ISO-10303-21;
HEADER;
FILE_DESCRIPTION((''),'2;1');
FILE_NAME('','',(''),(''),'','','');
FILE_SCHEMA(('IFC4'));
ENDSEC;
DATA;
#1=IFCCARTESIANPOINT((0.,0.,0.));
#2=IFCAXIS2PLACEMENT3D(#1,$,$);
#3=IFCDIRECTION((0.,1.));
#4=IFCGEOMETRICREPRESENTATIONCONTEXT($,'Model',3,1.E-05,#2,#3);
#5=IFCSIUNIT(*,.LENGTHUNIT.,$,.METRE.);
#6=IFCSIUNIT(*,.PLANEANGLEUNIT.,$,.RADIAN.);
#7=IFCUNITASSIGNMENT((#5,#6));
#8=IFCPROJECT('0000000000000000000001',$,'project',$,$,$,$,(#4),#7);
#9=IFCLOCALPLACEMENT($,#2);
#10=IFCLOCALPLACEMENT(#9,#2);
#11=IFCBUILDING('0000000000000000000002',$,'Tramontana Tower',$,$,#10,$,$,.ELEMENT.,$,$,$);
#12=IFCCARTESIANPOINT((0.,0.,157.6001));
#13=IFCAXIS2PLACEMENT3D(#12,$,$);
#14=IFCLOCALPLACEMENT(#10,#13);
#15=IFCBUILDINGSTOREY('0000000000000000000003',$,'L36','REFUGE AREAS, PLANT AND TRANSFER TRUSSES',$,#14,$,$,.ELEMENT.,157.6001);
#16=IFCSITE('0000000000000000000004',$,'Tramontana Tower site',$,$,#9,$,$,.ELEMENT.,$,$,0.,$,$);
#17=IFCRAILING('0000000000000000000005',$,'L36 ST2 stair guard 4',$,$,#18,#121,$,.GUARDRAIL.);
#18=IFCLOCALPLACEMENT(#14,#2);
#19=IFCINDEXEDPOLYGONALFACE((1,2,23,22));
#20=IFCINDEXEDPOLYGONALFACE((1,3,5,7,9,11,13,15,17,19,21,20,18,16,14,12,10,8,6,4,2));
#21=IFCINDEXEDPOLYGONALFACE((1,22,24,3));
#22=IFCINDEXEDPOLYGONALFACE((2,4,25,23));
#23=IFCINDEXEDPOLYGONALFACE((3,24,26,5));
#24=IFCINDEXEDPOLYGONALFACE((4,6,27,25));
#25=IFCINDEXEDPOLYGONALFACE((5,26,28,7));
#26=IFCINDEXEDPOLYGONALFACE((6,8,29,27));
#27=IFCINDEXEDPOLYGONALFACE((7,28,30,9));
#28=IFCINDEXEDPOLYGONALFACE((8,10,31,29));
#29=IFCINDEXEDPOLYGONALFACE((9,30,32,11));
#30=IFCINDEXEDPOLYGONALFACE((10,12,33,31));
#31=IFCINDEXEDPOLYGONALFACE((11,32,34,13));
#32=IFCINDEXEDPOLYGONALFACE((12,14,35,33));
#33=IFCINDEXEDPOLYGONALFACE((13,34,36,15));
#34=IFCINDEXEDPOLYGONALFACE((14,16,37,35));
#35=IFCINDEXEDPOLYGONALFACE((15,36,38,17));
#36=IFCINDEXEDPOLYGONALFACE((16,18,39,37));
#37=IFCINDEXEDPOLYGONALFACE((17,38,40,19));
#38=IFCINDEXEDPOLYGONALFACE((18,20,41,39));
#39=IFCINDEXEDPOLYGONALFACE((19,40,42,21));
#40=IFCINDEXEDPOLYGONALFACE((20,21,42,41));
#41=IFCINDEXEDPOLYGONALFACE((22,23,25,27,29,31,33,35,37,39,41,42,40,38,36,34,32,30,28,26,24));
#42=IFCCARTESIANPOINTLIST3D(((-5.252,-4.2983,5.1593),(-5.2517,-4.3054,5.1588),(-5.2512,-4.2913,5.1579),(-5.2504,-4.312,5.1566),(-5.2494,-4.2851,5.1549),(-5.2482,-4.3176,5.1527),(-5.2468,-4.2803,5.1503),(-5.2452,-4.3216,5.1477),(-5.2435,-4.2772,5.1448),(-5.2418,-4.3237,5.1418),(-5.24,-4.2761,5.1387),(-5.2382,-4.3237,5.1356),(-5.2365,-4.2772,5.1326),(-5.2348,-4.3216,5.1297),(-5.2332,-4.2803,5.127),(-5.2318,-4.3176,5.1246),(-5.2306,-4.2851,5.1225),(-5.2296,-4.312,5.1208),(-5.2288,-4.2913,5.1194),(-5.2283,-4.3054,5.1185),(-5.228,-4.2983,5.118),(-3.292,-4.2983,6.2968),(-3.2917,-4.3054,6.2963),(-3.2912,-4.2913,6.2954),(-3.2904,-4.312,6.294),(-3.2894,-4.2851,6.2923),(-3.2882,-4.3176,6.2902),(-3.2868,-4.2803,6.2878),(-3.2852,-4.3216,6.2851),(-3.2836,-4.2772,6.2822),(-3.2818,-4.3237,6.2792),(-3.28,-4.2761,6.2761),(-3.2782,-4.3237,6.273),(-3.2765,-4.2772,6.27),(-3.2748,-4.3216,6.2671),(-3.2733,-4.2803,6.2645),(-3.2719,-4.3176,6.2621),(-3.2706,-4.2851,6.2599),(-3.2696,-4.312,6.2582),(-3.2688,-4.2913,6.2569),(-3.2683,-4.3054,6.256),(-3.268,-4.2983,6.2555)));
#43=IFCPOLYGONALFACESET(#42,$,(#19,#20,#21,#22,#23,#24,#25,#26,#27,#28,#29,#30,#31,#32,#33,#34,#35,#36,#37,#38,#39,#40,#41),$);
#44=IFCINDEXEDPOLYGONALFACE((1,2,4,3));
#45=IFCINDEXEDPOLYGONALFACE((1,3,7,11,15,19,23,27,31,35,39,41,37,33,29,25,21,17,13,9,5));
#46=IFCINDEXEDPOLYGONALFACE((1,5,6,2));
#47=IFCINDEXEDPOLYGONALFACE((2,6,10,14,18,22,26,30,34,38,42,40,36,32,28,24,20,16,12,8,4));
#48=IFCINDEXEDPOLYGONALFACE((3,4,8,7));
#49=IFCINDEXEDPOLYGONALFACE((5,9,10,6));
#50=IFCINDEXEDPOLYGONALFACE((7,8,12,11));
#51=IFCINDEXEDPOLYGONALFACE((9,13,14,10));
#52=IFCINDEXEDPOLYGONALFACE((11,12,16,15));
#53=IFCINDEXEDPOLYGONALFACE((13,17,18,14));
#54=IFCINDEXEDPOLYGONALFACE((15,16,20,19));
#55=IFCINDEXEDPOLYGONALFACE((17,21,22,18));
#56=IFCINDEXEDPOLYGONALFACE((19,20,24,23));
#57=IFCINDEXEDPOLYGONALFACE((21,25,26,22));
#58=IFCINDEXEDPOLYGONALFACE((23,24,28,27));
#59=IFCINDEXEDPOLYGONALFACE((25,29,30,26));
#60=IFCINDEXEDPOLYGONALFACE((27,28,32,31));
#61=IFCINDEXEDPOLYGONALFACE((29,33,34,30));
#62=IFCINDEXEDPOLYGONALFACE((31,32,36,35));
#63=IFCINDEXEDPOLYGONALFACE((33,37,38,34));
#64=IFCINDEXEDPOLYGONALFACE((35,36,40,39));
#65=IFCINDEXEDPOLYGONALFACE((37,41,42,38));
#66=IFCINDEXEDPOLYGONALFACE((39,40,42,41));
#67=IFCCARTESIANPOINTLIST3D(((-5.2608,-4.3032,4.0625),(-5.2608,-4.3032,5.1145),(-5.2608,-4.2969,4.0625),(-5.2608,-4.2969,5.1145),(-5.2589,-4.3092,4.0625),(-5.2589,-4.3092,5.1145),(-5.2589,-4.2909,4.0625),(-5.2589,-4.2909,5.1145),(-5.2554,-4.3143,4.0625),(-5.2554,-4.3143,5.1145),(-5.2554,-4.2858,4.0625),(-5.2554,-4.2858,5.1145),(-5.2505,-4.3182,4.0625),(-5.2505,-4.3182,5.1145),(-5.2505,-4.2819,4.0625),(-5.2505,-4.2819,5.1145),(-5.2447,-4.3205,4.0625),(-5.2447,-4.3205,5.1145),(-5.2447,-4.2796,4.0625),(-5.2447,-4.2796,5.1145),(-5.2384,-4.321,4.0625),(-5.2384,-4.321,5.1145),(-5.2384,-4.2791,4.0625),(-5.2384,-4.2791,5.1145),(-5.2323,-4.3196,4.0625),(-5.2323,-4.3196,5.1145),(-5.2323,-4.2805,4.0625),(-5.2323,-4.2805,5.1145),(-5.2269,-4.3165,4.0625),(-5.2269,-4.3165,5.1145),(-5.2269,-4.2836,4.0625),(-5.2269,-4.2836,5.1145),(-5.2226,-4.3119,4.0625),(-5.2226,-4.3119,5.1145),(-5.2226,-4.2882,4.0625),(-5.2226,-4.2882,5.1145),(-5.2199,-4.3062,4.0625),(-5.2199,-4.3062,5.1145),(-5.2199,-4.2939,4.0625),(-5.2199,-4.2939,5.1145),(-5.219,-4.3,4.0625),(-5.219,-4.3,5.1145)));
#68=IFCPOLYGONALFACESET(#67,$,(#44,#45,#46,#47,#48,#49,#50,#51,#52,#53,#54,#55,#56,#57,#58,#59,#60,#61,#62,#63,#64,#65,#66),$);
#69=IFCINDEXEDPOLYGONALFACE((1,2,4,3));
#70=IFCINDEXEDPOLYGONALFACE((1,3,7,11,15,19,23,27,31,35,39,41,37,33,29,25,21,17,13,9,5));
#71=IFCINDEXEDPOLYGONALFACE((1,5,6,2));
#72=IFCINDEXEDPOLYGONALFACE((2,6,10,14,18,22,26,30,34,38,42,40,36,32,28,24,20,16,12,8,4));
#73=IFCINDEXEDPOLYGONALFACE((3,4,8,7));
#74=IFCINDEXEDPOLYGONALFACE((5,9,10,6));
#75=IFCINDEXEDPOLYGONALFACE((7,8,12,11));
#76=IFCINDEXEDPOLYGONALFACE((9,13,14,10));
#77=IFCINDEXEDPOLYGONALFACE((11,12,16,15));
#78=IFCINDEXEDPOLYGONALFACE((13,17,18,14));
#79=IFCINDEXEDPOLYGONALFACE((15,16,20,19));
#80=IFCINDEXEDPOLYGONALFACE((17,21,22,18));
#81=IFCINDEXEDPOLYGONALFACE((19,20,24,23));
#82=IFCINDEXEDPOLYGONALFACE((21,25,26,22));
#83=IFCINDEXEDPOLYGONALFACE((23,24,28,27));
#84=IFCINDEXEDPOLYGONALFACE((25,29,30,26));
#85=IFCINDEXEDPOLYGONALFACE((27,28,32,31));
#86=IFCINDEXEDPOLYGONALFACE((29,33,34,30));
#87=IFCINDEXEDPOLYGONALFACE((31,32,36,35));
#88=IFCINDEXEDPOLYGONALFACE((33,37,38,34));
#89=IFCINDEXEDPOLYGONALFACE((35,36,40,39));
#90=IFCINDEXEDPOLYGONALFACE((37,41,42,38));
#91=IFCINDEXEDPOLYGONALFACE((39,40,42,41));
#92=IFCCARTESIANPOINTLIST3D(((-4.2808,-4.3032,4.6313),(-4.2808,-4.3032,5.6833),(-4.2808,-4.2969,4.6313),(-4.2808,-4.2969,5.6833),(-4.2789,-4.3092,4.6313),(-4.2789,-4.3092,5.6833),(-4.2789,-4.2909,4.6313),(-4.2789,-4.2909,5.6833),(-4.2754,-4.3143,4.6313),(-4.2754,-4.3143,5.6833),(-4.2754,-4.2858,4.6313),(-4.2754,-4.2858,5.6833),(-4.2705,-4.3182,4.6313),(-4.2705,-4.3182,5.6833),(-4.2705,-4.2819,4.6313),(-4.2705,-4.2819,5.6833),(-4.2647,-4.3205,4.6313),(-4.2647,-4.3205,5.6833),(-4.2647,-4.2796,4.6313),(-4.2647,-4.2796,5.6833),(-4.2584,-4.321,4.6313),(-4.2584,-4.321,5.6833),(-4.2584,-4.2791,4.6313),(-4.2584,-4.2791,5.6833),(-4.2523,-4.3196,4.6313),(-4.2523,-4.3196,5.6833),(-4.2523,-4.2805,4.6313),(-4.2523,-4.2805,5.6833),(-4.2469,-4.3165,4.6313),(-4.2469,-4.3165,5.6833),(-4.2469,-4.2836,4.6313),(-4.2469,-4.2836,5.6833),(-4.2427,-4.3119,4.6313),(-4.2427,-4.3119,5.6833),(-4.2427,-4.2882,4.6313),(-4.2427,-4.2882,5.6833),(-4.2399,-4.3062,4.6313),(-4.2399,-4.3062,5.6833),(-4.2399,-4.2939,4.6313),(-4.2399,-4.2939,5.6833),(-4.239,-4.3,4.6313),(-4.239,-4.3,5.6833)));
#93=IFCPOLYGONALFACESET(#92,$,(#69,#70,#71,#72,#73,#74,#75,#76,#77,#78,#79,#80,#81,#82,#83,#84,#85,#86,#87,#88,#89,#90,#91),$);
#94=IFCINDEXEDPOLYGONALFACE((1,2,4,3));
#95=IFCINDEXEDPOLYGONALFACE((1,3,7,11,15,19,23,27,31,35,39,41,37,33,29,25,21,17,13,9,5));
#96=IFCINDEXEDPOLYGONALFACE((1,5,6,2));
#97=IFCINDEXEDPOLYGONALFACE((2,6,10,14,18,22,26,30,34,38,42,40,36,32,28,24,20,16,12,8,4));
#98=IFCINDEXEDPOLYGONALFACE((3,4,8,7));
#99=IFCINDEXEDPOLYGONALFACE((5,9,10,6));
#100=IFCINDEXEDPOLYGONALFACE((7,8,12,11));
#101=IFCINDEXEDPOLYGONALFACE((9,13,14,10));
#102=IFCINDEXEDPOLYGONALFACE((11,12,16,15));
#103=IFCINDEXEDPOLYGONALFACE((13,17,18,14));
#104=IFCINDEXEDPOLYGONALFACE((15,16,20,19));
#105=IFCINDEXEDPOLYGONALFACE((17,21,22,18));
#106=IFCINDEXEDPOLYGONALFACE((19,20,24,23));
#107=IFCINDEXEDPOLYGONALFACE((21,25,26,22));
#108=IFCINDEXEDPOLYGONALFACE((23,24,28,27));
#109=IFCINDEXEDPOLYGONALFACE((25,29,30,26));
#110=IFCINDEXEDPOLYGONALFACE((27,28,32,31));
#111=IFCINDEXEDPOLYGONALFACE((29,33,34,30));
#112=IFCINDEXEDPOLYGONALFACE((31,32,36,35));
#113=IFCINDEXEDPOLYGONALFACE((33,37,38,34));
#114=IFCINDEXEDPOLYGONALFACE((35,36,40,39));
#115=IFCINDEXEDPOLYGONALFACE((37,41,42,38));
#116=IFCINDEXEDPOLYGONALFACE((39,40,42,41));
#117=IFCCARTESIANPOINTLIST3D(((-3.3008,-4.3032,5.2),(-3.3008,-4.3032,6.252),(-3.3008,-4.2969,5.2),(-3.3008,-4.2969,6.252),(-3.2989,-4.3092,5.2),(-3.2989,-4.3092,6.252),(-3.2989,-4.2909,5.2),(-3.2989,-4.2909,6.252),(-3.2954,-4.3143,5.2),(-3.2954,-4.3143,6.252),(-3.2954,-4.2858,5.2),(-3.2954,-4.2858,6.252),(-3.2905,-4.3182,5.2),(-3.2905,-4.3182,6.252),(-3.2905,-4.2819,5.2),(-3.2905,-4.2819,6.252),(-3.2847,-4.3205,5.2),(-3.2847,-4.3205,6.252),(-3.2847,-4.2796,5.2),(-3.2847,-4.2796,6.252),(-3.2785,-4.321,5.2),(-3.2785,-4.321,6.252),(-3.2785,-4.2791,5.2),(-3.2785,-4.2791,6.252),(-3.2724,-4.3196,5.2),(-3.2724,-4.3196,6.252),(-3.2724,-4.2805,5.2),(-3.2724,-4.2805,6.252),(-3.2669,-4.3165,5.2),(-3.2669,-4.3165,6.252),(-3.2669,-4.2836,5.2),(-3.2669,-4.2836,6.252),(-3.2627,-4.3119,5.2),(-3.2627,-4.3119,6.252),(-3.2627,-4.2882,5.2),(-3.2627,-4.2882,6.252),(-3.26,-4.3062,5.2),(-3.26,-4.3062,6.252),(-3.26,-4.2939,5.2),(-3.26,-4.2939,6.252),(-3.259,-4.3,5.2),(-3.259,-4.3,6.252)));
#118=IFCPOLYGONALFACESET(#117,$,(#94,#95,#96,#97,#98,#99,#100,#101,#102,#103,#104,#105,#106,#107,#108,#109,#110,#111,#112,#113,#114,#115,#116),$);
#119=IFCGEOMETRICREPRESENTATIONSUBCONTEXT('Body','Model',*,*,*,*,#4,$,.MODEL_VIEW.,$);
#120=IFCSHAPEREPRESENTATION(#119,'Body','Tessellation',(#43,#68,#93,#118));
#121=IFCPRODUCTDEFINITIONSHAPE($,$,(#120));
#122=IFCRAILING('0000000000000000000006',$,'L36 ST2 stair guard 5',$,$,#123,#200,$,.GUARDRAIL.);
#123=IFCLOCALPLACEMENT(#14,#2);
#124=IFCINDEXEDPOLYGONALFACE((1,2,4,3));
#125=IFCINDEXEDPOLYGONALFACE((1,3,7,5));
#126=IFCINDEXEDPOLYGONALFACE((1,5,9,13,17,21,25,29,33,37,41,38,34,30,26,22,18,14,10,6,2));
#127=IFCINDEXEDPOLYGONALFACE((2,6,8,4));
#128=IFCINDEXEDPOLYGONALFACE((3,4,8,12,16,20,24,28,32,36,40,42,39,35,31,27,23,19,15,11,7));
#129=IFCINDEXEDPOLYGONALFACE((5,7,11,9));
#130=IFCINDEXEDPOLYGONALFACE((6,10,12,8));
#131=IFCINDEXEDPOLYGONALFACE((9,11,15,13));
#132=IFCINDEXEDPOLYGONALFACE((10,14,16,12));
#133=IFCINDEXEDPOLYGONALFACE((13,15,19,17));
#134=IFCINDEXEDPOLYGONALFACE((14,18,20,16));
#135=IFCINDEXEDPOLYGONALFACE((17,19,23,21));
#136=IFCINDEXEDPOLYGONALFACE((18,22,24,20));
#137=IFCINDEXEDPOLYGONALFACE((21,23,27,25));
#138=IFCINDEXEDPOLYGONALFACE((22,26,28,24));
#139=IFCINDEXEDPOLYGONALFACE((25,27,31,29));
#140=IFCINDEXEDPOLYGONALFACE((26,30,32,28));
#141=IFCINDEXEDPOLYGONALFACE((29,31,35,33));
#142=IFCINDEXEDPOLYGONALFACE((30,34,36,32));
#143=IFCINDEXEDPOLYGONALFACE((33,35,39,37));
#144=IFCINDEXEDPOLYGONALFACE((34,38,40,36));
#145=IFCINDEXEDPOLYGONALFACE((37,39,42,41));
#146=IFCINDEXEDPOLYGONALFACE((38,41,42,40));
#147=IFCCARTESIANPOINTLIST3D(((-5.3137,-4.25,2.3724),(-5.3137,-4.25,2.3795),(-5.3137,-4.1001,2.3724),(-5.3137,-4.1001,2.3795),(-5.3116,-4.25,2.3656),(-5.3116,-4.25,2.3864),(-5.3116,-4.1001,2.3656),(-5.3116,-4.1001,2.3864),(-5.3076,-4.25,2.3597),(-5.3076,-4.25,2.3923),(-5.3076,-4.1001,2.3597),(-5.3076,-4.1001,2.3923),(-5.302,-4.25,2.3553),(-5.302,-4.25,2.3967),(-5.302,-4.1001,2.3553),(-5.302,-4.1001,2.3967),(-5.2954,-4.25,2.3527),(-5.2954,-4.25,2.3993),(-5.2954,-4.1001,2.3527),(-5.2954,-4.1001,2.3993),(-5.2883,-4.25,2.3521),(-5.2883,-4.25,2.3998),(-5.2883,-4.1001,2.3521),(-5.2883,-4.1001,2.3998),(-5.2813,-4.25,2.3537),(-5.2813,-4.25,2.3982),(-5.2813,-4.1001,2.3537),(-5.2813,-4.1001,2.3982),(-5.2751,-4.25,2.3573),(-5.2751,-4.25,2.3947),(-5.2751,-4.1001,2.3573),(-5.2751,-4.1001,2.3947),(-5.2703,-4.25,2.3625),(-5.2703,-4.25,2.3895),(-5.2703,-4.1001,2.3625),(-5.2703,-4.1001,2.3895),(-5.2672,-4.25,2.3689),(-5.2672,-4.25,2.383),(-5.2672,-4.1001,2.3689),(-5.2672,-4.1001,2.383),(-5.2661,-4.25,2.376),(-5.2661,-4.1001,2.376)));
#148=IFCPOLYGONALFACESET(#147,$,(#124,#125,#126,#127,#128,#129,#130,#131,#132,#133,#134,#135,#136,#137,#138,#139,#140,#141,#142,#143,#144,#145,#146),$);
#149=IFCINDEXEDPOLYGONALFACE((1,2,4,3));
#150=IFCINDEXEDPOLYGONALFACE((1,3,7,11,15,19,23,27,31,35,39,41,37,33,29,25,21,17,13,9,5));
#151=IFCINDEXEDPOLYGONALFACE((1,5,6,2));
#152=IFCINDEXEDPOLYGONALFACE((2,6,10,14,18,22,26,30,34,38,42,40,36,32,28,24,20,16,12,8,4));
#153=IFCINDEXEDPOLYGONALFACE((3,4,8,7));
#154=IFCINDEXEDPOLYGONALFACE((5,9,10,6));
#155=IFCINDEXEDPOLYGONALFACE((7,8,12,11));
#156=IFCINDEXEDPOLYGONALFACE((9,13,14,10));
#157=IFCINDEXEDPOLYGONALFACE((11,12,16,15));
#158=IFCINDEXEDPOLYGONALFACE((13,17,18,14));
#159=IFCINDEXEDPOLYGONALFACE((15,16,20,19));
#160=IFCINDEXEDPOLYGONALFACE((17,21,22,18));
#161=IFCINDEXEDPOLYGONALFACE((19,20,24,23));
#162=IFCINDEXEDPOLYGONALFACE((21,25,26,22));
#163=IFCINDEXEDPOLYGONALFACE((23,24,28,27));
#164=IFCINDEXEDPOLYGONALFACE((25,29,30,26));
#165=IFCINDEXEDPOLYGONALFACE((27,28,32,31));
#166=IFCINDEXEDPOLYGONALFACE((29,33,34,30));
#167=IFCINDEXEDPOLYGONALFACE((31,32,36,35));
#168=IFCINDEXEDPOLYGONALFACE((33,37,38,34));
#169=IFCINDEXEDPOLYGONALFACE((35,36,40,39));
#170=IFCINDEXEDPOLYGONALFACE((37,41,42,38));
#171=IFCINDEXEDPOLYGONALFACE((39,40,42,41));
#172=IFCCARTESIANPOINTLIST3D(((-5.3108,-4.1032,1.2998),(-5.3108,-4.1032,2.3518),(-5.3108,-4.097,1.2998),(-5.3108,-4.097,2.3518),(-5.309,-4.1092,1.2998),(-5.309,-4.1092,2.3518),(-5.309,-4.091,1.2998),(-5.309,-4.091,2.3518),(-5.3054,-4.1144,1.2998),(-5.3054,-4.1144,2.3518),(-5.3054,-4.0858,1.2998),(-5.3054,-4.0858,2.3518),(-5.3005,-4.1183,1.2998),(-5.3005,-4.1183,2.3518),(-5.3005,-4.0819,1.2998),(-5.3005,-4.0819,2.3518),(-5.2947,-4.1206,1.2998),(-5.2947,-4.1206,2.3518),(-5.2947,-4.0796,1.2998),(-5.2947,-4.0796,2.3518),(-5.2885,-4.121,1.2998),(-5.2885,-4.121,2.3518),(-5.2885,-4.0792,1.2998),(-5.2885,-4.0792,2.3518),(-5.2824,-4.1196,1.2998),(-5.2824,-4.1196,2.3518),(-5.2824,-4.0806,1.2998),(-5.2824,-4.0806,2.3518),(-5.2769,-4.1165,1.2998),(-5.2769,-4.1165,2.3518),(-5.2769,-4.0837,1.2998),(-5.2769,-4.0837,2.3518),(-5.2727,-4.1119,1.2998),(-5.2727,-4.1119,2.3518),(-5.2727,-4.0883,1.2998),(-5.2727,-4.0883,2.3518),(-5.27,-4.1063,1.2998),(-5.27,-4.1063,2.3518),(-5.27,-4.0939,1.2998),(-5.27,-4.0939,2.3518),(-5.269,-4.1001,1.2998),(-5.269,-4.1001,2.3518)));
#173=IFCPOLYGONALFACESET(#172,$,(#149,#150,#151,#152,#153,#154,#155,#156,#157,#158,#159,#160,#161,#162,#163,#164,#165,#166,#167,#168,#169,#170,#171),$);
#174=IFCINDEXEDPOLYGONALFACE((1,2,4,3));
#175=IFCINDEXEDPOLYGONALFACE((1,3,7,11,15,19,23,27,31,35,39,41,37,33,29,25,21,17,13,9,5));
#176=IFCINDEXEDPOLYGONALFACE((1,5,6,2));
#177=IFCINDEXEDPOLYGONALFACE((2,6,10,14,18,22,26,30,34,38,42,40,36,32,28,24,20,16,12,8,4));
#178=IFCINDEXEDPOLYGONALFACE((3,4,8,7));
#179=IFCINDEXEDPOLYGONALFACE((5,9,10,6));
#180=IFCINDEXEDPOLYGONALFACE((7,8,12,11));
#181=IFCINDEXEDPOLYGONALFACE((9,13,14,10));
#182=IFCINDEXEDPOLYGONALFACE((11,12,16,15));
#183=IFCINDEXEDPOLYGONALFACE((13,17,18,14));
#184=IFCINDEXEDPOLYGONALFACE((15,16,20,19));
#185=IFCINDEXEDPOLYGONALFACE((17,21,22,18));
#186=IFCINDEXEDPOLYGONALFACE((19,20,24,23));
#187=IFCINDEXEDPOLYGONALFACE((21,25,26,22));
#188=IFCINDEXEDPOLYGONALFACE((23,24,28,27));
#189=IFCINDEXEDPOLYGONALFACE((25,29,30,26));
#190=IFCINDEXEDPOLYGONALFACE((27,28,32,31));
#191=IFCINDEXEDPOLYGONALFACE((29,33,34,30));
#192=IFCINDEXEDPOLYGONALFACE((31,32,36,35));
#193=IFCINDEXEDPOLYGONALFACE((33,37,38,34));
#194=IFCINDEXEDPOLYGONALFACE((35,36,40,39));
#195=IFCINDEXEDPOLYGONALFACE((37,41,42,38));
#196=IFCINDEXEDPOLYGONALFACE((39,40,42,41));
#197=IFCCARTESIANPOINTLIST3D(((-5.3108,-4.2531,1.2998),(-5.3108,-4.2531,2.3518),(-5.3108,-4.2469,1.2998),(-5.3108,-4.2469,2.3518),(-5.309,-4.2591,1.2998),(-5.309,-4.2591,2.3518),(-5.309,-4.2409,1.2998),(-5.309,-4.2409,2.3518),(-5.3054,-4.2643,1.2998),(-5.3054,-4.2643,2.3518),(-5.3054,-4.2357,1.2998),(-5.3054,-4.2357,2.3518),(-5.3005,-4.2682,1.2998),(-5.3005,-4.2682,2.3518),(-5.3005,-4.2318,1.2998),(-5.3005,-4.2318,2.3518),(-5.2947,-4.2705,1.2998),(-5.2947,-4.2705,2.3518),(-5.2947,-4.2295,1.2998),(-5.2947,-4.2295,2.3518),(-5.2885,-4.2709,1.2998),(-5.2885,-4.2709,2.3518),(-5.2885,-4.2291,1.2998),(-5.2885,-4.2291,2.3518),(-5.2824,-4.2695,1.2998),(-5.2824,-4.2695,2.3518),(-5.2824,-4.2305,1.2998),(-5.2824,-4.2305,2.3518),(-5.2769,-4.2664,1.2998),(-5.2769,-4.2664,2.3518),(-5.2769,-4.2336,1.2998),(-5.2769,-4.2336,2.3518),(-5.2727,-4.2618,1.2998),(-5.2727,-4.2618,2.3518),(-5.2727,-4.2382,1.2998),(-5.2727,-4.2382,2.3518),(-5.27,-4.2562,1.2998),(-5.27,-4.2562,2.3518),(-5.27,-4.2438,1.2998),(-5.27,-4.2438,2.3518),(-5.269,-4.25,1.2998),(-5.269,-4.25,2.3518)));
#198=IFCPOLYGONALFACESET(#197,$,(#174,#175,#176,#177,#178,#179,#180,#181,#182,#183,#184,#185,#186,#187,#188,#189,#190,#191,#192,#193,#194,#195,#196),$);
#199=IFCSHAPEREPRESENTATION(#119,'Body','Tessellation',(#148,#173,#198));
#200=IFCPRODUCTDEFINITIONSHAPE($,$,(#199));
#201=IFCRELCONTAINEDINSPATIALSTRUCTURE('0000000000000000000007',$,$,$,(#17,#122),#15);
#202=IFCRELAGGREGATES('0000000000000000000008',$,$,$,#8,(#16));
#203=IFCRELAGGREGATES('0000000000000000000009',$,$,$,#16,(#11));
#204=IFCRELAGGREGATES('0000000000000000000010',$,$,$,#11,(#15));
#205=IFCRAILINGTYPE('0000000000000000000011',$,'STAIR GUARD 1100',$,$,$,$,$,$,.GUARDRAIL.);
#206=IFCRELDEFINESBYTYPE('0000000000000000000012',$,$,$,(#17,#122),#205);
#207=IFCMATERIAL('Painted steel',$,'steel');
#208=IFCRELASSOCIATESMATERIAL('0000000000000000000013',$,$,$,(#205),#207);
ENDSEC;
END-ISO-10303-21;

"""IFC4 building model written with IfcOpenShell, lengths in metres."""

from ifc_helpers import new_model, si_unit, direction, frame, origin, origin_2d, place, context, subcontext, project, spatial, circle, extrude, material, type_object, element, save


model = new_model("IFC4")

# Units and contexts
model_context = context("Model", 3, precision=1e-05, world=origin(), true_north=direction((0.0, 1.0)))
body_context = subcontext(model_context, "Body", "Model", "MODEL_VIEW")
ifc_project = project(units=[si_unit("LENGTHUNIT", "METRE"), si_unit("PLANEANGLEUNIT", "RADIAN")], contexts=[model_context])

# Site, building, storey
site_placement = place(None, origin())
site = spatial("IfcSite", under=ifc_project, at=site_placement, Name="Tramontana Tower site", CompositionType="ELEMENT", RefElevation=0.0)
building_placement = place(site_placement, origin())
building = spatial("IfcBuilding", under=site, at=building_placement, Name="Tramontana Tower", CompositionType="ELEMENT")
storey_placement = place(building_placement, frame((0.0, 0.0, 157.6001)))
storey = spatial("IfcBuildingStorey", under=building, at=storey_placement, Name="L36", Description="REFUGE AREAS, PLANT AND TRANSFER TRUSSES", CompositionType="ELEMENT", Elevation=157.6001)

# Railings
ifc_material_1 = material(Name="Painted steel", Category="steel")
railing_type_1 = type_object("IfcRailingType", Name="STAIR GUARD 1100", PredefinedType="GUARDRAIL", material=ifc_material_1)
railing_1_placement = place(storey_placement, frame((-5.24, -4.3, 4.0625)))
element("IfcRailing", 1, at=railing_1_placement, inside=storey, type_object=railing_type_1, Name="L36 ST2 stair guard 4", PredefinedType="GUARDRAIL", context=body_context, shape_type="SweptSolid", body=[
    extrude(circle(Radius=0.0239, at=origin_2d()), frame((0.0, 0.0, 1.0762), z_axis=(0.864902, 0.0, 0.501941), x_axis=(0.0, 1.0, 0.0)), (0.0, 0.0, 1.0), 2.2661),
    extrude(circle(Radius=0.021, at=origin_2d()), origin(), (0.0, 0.0, 1.0), 1.052),
    extrude(circle(Radius=0.021, at=origin_2d()), frame((0.98, 0.0, 0.5688)), (0.0, 0.0, 1.0), 1.052),
    extrude(circle(Radius=0.021, at=origin_2d()), frame((1.96, 0.0, 1.1375)), (0.0, 0.0, 1.0), 1.052),
])
for number, where, name in (
    (2, (-5.29, -4.1001, 1.2998), "L36 ST2 stair guard 5"),
):
    element("IfcRailing", number, at=place(storey_placement, frame(where)), inside=storey, type_object=railing_type_1, Name=name, PredefinedType="GUARDRAIL", context=body_context, shape_type="SweptSolid", body=[
        extrude(circle(Radius=0.0239, at=origin_2d()), frame((0.0, 0.0, 1.0762), z_axis=(0.0, -1.0, 0.0), x_axis=(1.0, 0.0, 0.0)), (0.0, 0.0, 1.0), 0.1499),
        extrude(circle(Radius=0.021, at=origin_2d()), origin(), (0.0, 0.0, 1.0), 1.052),
        extrude(circle(Radius=0.021, at=origin_2d()), frame((0.0, -0.1499, 0.0)), (0.0, 0.0, 1.0), 1.052),
    ])

save(model, "model.ifc")
